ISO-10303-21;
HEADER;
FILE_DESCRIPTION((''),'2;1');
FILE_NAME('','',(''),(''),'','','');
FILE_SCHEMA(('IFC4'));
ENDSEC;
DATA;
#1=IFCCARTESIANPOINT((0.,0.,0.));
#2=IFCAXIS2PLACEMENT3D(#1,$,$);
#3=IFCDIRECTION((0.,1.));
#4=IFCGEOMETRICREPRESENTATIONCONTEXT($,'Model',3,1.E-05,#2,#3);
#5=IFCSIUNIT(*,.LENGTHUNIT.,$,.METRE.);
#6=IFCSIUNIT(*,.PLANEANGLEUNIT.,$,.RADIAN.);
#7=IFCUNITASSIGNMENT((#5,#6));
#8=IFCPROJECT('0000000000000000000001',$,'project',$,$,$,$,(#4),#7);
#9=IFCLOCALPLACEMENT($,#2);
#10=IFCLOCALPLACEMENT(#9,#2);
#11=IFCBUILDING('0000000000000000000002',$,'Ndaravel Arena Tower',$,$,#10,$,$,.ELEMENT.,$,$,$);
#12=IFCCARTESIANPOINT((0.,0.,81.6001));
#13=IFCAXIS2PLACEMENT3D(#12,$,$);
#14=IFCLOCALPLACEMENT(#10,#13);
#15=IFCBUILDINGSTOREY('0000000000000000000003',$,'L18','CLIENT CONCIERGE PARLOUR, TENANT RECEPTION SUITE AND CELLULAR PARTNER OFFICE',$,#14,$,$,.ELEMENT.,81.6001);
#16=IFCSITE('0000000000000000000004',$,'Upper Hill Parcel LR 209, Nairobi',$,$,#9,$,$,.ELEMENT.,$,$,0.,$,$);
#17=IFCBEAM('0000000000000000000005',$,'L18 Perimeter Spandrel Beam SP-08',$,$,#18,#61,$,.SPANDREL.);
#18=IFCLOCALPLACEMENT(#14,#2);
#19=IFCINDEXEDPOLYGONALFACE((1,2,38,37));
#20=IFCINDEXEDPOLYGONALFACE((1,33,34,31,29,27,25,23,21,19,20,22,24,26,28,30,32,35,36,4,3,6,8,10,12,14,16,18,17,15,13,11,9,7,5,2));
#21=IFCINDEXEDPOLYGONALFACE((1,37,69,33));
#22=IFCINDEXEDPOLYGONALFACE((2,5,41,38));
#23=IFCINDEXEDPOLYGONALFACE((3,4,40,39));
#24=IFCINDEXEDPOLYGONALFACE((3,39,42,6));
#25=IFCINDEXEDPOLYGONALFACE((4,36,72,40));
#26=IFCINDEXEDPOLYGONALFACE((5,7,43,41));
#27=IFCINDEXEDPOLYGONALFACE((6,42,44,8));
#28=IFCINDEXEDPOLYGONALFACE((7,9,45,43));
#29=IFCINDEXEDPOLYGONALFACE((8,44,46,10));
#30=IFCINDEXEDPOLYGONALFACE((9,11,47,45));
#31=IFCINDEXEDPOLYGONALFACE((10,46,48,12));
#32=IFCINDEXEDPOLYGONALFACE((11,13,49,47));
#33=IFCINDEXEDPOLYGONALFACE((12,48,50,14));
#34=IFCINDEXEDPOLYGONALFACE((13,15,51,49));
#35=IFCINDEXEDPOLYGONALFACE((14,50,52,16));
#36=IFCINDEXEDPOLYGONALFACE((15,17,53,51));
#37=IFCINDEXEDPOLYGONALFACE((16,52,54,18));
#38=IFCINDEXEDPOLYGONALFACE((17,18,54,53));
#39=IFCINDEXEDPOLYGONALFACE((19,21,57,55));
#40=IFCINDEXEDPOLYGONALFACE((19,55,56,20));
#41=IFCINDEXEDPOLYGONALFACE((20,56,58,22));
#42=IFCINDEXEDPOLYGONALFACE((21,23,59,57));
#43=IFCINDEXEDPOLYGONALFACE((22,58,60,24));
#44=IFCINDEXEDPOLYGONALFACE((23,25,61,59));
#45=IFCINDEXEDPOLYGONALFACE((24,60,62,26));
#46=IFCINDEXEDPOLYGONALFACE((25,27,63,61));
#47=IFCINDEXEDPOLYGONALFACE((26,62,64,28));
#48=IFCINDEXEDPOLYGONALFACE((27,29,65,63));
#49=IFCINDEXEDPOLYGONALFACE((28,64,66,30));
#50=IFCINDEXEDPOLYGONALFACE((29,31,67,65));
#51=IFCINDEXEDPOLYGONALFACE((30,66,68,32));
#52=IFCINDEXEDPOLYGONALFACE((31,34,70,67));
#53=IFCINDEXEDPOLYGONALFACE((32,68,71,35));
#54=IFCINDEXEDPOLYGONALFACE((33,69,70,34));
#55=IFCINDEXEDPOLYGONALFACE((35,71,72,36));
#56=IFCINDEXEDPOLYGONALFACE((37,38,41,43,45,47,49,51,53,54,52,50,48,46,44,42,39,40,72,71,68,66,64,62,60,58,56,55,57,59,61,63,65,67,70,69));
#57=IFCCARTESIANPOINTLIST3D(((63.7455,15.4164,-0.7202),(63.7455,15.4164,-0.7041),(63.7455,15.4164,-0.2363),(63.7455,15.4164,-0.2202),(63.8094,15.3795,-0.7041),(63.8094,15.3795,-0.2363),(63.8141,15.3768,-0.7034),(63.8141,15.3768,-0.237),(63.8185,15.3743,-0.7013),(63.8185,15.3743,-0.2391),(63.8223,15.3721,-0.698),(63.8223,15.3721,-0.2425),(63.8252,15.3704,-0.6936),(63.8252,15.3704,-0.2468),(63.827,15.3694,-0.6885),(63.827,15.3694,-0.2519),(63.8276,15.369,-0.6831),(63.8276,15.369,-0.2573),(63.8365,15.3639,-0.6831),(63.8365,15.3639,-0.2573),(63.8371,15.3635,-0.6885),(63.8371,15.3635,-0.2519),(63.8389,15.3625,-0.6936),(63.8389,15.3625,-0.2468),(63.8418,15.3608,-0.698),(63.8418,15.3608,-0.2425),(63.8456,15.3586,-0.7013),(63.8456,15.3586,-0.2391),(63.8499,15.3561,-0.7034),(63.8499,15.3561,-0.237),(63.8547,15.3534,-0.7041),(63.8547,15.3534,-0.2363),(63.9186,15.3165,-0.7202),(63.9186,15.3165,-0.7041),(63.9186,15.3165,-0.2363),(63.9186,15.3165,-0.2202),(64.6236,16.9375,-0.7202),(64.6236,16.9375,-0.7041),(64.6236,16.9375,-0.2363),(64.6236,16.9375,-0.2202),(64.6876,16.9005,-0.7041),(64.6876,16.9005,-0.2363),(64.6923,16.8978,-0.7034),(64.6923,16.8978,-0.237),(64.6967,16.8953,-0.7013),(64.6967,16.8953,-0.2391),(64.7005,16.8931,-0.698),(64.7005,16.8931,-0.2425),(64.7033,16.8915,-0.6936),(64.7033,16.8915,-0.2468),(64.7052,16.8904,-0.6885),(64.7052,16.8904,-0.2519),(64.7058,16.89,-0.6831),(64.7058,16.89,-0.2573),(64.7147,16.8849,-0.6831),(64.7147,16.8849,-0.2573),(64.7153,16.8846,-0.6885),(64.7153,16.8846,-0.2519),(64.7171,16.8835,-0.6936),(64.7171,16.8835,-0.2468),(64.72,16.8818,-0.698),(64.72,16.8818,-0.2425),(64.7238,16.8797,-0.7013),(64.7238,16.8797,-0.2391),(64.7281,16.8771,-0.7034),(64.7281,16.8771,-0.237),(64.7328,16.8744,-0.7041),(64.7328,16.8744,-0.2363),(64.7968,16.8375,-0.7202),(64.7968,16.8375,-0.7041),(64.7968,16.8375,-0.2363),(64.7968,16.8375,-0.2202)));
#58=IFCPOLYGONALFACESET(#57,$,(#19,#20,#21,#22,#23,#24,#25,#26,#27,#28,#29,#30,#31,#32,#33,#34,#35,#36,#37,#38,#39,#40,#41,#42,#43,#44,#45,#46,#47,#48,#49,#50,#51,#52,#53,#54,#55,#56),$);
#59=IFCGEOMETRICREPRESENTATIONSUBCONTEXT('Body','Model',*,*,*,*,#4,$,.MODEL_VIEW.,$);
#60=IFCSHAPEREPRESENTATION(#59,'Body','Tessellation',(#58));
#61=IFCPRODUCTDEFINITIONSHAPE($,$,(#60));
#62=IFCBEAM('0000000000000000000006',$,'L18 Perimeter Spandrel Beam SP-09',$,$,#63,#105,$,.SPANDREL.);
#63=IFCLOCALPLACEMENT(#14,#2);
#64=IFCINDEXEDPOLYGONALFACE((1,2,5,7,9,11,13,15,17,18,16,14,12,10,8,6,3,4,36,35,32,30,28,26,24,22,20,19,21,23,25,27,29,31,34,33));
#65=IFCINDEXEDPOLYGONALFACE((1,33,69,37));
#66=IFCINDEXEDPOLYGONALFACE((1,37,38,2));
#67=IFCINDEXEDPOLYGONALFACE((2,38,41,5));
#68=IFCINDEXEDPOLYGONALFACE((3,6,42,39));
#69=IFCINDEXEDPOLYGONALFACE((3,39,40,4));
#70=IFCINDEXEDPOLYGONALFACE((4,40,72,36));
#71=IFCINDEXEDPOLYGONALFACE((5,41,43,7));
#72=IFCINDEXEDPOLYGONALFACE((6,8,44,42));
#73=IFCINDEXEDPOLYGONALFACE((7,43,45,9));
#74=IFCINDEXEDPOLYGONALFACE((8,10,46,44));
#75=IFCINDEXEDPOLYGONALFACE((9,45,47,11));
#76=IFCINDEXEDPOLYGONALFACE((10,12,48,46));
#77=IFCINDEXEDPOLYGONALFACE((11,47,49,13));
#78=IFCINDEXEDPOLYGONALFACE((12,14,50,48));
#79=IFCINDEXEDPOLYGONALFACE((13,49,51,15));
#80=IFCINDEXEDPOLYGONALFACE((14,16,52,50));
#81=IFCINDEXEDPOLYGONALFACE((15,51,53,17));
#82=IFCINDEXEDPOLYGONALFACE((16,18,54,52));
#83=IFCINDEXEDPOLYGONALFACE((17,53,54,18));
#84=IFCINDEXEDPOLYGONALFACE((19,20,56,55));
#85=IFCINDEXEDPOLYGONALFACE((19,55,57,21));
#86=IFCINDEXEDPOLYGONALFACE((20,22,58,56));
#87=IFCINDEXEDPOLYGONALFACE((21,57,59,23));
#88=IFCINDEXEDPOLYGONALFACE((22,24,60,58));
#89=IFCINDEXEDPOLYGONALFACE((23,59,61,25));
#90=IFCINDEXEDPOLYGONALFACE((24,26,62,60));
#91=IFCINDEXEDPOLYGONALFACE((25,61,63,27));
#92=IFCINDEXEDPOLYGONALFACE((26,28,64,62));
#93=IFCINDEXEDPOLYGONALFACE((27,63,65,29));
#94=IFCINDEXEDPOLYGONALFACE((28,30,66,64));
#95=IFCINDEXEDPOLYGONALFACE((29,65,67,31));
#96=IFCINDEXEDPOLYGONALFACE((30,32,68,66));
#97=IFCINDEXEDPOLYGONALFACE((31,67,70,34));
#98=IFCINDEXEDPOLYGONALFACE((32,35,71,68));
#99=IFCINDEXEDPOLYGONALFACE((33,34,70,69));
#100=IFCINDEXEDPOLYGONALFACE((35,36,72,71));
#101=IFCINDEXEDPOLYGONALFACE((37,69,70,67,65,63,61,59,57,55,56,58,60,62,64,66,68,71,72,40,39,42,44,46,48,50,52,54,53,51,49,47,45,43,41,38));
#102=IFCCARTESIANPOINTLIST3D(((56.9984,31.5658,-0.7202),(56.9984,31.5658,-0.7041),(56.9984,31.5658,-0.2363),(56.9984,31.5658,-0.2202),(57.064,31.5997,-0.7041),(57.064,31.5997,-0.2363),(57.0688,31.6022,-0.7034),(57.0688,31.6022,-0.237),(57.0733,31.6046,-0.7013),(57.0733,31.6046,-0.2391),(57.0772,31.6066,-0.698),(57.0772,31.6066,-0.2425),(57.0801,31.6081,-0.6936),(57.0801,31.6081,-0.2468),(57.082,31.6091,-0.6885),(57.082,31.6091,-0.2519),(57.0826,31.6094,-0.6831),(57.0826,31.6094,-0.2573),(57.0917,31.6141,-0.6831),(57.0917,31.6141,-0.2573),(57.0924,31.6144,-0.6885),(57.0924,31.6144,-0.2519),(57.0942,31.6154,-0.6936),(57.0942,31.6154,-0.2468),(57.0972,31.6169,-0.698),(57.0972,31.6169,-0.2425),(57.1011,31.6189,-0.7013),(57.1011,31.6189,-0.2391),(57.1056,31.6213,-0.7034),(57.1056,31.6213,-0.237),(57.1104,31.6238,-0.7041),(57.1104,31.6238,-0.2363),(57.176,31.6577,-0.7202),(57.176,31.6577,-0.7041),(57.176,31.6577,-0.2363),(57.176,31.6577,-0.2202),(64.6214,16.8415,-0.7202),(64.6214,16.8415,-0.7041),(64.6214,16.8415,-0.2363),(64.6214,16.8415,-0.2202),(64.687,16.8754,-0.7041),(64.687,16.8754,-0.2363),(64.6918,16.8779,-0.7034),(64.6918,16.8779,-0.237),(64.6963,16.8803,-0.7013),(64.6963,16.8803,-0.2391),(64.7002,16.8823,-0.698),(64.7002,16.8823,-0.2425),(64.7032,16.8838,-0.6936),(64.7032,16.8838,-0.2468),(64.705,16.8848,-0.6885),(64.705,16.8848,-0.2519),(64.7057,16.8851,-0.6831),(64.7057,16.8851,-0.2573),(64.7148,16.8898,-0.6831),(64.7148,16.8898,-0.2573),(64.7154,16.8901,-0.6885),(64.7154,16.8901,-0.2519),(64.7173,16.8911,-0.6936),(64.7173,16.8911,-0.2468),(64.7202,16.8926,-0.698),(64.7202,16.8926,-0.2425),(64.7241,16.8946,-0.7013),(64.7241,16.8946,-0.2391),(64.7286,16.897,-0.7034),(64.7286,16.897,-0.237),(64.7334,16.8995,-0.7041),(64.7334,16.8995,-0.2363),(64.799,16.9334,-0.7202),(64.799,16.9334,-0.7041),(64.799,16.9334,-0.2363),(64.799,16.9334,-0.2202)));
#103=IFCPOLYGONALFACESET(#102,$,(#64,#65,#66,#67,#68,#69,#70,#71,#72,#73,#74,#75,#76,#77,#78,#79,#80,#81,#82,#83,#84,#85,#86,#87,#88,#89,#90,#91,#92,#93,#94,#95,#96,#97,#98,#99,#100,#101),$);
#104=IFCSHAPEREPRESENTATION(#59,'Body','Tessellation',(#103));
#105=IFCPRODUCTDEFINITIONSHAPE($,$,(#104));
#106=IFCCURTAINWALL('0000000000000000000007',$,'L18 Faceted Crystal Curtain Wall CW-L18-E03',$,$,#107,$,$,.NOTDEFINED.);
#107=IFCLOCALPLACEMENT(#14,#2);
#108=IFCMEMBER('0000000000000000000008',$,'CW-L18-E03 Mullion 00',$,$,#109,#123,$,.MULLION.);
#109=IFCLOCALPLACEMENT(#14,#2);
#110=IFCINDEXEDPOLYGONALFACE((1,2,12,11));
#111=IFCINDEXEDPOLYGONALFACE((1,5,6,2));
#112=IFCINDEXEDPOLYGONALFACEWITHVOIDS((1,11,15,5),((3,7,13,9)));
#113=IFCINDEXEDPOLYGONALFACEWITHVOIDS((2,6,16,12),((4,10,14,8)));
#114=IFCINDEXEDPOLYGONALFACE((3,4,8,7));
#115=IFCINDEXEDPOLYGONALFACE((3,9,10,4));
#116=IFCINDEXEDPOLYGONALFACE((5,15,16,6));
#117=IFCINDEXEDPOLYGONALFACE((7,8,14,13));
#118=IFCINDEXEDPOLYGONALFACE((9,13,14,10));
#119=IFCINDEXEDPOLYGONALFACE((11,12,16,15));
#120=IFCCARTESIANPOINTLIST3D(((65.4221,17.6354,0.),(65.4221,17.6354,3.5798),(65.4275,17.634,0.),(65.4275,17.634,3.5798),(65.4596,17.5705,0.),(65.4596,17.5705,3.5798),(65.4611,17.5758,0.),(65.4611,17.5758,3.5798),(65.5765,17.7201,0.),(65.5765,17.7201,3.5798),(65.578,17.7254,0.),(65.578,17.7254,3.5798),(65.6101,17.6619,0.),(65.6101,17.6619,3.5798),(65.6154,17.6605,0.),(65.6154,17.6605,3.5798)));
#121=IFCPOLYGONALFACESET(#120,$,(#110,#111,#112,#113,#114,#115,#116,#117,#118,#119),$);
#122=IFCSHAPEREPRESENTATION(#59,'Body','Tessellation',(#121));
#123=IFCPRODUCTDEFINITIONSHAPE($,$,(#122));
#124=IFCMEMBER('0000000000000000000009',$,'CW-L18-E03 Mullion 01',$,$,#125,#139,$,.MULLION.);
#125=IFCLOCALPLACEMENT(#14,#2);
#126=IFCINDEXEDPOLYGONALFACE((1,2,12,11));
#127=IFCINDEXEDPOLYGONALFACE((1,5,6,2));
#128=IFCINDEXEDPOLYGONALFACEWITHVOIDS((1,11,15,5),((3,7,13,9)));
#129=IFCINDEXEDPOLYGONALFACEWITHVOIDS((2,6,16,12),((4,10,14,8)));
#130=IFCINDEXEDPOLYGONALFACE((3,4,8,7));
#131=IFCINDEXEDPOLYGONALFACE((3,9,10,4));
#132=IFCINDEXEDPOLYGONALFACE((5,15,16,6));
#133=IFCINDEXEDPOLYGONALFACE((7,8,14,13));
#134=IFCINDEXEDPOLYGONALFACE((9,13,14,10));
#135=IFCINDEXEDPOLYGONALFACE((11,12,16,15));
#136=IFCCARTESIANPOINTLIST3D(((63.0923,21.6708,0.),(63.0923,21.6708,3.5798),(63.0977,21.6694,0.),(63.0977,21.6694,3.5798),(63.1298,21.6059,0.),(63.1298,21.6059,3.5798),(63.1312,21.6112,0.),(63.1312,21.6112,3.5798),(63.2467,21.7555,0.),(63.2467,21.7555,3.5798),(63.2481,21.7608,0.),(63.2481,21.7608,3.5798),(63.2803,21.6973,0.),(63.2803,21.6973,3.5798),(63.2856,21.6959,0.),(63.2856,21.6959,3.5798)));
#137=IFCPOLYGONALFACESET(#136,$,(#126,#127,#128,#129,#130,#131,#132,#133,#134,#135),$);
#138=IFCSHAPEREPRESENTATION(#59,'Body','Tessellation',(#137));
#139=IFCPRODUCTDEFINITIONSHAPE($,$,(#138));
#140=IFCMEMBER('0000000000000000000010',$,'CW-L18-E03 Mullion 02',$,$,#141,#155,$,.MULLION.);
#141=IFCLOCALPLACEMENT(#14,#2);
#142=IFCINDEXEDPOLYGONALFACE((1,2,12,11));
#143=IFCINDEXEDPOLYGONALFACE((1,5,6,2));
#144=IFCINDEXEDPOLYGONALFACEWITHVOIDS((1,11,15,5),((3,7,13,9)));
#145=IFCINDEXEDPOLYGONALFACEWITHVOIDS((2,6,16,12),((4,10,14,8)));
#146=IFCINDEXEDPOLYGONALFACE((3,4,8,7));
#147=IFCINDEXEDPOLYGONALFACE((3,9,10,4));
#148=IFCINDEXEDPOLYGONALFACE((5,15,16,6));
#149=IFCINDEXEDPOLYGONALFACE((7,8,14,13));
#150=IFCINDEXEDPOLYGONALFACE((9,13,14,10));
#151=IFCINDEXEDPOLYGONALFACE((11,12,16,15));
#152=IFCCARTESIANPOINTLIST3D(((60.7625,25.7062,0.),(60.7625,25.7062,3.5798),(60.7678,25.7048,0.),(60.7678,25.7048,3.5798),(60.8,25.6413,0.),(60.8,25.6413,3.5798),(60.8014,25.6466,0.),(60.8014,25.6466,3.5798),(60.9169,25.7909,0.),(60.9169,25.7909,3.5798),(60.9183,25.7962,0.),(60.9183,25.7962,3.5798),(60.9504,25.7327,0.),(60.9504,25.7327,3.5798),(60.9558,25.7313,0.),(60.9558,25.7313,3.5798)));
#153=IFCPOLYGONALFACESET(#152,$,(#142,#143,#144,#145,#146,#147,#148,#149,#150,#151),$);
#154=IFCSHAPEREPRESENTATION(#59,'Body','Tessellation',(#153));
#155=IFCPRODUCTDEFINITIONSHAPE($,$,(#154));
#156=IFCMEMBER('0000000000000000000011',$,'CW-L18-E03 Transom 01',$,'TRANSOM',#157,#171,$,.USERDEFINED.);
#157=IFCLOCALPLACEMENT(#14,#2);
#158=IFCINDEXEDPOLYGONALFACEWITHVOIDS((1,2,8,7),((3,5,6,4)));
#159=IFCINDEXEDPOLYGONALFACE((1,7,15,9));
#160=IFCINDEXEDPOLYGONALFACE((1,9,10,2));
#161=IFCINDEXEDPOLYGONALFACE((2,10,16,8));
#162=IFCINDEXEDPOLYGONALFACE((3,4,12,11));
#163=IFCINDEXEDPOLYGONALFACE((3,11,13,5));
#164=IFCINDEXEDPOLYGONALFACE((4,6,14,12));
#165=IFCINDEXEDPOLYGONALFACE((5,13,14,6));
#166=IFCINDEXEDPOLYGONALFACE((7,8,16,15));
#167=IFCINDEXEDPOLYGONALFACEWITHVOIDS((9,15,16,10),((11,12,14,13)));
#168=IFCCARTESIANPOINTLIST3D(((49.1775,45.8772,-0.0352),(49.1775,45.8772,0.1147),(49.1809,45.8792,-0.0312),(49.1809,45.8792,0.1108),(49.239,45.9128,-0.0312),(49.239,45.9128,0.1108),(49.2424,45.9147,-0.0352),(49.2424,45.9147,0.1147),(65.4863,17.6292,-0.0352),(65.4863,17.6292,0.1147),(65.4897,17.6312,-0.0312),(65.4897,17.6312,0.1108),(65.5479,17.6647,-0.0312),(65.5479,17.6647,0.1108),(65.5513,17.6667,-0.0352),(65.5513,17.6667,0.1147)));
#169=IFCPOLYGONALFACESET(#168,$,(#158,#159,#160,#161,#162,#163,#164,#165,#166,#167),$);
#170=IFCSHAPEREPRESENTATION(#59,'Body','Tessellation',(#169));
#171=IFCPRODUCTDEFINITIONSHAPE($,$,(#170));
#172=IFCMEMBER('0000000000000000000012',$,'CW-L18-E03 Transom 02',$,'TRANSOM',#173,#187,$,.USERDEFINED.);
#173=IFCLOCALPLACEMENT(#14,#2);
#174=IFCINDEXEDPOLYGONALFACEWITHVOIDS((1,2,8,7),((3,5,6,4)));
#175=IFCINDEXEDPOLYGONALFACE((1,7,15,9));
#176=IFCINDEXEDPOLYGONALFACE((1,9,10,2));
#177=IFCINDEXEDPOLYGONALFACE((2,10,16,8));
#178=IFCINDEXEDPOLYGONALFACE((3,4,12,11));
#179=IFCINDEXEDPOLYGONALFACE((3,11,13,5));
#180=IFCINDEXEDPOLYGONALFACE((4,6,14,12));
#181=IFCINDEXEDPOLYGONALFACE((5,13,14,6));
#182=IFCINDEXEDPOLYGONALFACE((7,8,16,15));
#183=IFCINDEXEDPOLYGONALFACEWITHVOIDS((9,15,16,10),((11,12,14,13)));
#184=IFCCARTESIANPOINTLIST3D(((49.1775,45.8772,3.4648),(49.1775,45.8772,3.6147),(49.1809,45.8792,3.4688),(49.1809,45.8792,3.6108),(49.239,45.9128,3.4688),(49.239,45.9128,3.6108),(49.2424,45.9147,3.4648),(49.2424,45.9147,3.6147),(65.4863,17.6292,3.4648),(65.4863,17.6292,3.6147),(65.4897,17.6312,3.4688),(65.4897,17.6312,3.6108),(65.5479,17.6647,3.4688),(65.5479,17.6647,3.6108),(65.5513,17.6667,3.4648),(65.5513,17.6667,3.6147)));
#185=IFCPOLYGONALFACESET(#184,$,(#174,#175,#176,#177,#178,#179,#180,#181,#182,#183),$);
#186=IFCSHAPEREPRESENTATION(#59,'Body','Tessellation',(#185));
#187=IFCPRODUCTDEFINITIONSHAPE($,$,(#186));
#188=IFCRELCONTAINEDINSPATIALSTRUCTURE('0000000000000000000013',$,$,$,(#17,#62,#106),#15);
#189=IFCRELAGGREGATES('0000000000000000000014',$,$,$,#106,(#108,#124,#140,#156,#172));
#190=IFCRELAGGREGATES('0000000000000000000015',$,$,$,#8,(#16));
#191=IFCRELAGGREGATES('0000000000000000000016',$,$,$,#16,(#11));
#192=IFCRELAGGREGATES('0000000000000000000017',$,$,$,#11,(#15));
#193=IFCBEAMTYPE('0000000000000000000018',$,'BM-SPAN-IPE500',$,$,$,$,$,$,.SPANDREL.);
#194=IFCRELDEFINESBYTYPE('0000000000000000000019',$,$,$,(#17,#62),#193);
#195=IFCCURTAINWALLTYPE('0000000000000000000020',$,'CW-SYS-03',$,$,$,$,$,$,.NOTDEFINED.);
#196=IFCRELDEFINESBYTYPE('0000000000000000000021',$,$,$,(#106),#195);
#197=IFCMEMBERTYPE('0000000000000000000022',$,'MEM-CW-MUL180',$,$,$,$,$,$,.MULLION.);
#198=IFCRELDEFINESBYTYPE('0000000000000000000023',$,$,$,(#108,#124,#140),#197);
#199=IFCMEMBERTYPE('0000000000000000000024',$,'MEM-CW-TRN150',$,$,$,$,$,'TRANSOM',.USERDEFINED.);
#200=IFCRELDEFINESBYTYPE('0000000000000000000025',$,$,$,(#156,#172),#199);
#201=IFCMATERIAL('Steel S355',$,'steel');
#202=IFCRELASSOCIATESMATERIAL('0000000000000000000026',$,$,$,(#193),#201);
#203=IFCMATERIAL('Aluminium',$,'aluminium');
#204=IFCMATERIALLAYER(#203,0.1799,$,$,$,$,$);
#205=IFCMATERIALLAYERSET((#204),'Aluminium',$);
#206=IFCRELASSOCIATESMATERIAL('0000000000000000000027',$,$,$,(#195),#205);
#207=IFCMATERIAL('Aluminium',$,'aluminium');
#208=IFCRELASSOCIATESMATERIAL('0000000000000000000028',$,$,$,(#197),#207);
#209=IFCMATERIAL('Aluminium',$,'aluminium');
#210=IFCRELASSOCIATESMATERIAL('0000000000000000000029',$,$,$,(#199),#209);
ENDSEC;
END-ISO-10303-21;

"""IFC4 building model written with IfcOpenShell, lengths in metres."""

from ifc_helpers import new_model, si_unit, direction, frame, origin, origin_2d, place, context, subcontext, project, spatial, hollow_rectangle, i_section, extrude, material, layer, layer_set, material_profile, profile_set, type_object, element, aggregate, save


model = new_model("IFC4")

# Units and contexts
model_context = context("Model", 3, precision=1e-05, world=origin(), true_north=direction((0.0, 1.0)))
body_context = subcontext(model_context, "Body", "Model", "MODEL_VIEW")
ifc_project = project(units=[si_unit("LENGTHUNIT", "METRE"), si_unit("PLANEANGLEUNIT", "RADIAN")], contexts=[model_context])

# Site, building, storey
site_placement = place(None, origin())
site = spatial("IfcSite", under=ifc_project, at=site_placement, Name="Upper Hill Parcel LR 209, Nairobi", CompositionType="ELEMENT", RefElevation=0.0)
building_placement = place(site_placement, origin())
building = spatial("IfcBuilding", under=site, at=building_placement, Name="Ndaravel Arena Tower", CompositionType="ELEMENT")
storey_placement = place(building_placement, frame((0.0, 0.0, 81.6001)))
storey = spatial("IfcBuildingStorey", under=building, at=storey_placement, Name="L18", Description="CLIENT CONCIERGE PARLOUR, TENANT RECEPTION SUITE AND CELLULAR PARTNER OFFICE", CompositionType="ELEMENT", Elevation=81.6001)

# Beams
ifc_material_1 = material(Name="Steel S355", Category="steel")
ifc_material_profile_1 = material_profile(ifc_material_1, i_section(OverallWidth=0.2, OverallDepth=0.5, WebThickness=0.0103, FlangeThickness=0.0161, FilletRadius=0.021, at=origin_2d()), Name="IPE 500")
ifc_profile_set_1 = profile_set([ifc_material_profile_1], Name="Steel S355")
beam_type_1 = type_object("IfcBeamType", Name="BM-SPAN-IPE500", PredefinedType="SPANDREL", material=ifc_profile_set_1)
beam_1_placement = place(storey_placement, frame((63.832, 15.3665, -0.4702), z_axis=(0.500011, 0.866019, 0.0), x_axis=(-0.866019, 0.500011, 0.0)))
element("IfcBeam", 1, at=beam_1_placement, inside=storey, type_object=beam_type_1, Name="L18 Perimeter Spandrel Beam SP-08", PredefinedType="SPANDREL", context=body_context, shape_type="SweptSolid", body=[
    extrude(i_section(OverallWidth=0.2, OverallDepth=0.5, WebThickness=0.0103, FlangeThickness=0.0161, FilletRadius=0.021, at=origin_2d()), origin(), (0.0, 0.0, 1.0), 1.7563),
])
beam_2_placement = place(storey_placement, frame((64.7102, 16.8875, -0.4702), z_axis=(-0.459756, 0.888045, 0.0), x_axis=(-0.888045, -0.459756, 0.0)))
element("IfcBeam", 2, at=beam_2_placement, inside=storey, type_object=beam_type_1, Name="L18 Perimeter Spandrel Beam SP-09", PredefinedType="SPANDREL", context=body_context, shape_type="SweptSolid", body=[
    extrude(i_section(OverallWidth=0.2, OverallDepth=0.5, WebThickness=0.0103, FlangeThickness=0.0161, FilletRadius=0.021, at=origin_2d()), origin(), (0.0, 0.0, 1.0), 16.5806),
])

# Curtain wall, members
ifc_material_2 = material(Name="Aluminium", Category="aluminium")
ifc_layer_1 = layer(ifc_material_2, 0.1799)
ifc_layer_set_1 = layer_set([ifc_layer_1], Name="Aluminium")
curtain_wall_type_1 = type_object("IfcCurtainWallType", Name="CW-SYS-03", PredefinedType="NOTDEFINED", material=ifc_layer_set_1)
curtain_wall_1_placement = place(storey_placement, origin())
curtain_wall_1 = element("IfcCurtainWall", 3, at=curtain_wall_1_placement, inside=storey, type_object=curtain_wall_type_1, Name="L18 Faceted Crystal Curtain Wall CW-L18-E03", PredefinedType="NOTDEFINED")
ifc_material_3 = material(Name="Aluminium", Category="aluminium")
ifc_material_profile_2 = material_profile(ifc_material_3, hollow_rectangle(XDim=0.075, YDim=0.1799, WallThickness=0.0039, at=origin_2d()), Name="CW MULLION 75x180x4")
ifc_profile_set_2 = profile_set([ifc_material_profile_2], Name="Aluminium")
member_type_1 = type_object("IfcMemberType", Name="MEM-CW-MUL180", PredefinedType="MULLION", material=ifc_profile_set_2)
member_1_placement = place(storey_placement, frame((65.5188, 17.6479, 0.0), z_axis=(0.0, 0.0, 1.0), x_axis=(-0.5, 0.866025, 0.0)))
member_1 = element("IfcMember", 4, at=member_1_placement, type_object=member_type_1, Name="CW-L18-E03 Mullion 00", PredefinedType="MULLION", context=body_context, shape_type="SweptSolid", body=[
    extrude(hollow_rectangle(XDim=0.075, YDim=0.1799, WallThickness=0.0039, at=origin_2d()), origin(), (0.0, 0.0, 1.0), 3.5798),
])
member_2_placement = place(storey_placement, frame((63.189, 21.6833, 0.0), z_axis=(0.0, 0.0, 1.0), x_axis=(-0.5, 0.866025, 0.0)))
member_2 = element("IfcMember", 5, at=member_2_placement, type_object=member_type_1, Name="CW-L18-E03 Mullion 01", PredefinedType="MULLION", context=body_context, shape_type="SweptSolid", body=[
    extrude(hollow_rectangle(XDim=0.075, YDim=0.1799, WallThickness=0.0039, at=origin_2d()), origin(), (0.0, 0.0, 1.0), 3.5798),
])
member_3_placement = place(storey_placement, frame((60.8591, 25.7188, 0.0), z_axis=(0.0, 0.0, 1.0), x_axis=(-0.5, 0.866025, 0.0)))
member_3 = element("IfcMember", 6, at=member_3_placement, type_object=member_type_1, Name="CW-L18-E03 Mullion 02", PredefinedType="MULLION", context=body_context, shape_type="SweptSolid", body=[
    extrude(hollow_rectangle(XDim=0.075, YDim=0.1799, WallThickness=0.0039, at=origin_2d()), origin(), (0.0, 0.0, 1.0), 3.5798),
])
ifc_material_4 = material(Name="Aluminium", Category="aluminium")
ifc_material_profile_3 = material_profile(ifc_material_4, hollow_rectangle(XDim=0.075, YDim=0.1499, WallThickness=0.0039, at=origin_2d()), Name="CW TRANSOM 75x150x4")
ifc_profile_set_3 = profile_set([ifc_material_profile_3], Name="Aluminium")
member_type_2 = type_object("IfcMemberType", Name="MEM-CW-TRN150", ElementType="TRANSOM", PredefinedType="USERDEFINED", material=ifc_profile_set_3)
member_4_placement = place(storey_placement, frame((65.5188, 17.6479, 0.0398), z_axis=(-0.499996, 0.866028, 0.0), x_axis=(-0.866028, -0.499996, 0.0)))
member_4 = element("IfcMember", 7, at=member_4_placement, type_object=member_type_2, Name="CW-L18-E03 Transom 01", ObjectType="TRANSOM", PredefinedType="USERDEFINED", context=body_context, shape_type="SweptSolid", body=[
    extrude(hollow_rectangle(XDim=0.075, YDim=0.1499, WallThickness=0.0039, at=origin_2d()), origin(), (0.0, 0.0, 1.0), 32.6179),
])
member_5_placement = place(storey_placement, frame((65.5188, 17.6479, 3.5398), z_axis=(-0.499996, 0.866028, 0.0), x_axis=(-0.866028, -0.499996, 0.0)))
member_5 = element("IfcMember", 8, at=member_5_placement, type_object=member_type_2, Name="CW-L18-E03 Transom 02", ObjectType="TRANSOM", PredefinedType="USERDEFINED", context=body_context, shape_type="SweptSolid", body=[
    extrude(hollow_rectangle(XDim=0.075, YDim=0.1499, WallThickness=0.0039, at=origin_2d()), origin(), (0.0, 0.0, 1.0), 32.6179),
])

aggregate(curtain_wall_1, [member_1, member_2, member_3, member_4, member_5])

save(model, "model.ifc")
